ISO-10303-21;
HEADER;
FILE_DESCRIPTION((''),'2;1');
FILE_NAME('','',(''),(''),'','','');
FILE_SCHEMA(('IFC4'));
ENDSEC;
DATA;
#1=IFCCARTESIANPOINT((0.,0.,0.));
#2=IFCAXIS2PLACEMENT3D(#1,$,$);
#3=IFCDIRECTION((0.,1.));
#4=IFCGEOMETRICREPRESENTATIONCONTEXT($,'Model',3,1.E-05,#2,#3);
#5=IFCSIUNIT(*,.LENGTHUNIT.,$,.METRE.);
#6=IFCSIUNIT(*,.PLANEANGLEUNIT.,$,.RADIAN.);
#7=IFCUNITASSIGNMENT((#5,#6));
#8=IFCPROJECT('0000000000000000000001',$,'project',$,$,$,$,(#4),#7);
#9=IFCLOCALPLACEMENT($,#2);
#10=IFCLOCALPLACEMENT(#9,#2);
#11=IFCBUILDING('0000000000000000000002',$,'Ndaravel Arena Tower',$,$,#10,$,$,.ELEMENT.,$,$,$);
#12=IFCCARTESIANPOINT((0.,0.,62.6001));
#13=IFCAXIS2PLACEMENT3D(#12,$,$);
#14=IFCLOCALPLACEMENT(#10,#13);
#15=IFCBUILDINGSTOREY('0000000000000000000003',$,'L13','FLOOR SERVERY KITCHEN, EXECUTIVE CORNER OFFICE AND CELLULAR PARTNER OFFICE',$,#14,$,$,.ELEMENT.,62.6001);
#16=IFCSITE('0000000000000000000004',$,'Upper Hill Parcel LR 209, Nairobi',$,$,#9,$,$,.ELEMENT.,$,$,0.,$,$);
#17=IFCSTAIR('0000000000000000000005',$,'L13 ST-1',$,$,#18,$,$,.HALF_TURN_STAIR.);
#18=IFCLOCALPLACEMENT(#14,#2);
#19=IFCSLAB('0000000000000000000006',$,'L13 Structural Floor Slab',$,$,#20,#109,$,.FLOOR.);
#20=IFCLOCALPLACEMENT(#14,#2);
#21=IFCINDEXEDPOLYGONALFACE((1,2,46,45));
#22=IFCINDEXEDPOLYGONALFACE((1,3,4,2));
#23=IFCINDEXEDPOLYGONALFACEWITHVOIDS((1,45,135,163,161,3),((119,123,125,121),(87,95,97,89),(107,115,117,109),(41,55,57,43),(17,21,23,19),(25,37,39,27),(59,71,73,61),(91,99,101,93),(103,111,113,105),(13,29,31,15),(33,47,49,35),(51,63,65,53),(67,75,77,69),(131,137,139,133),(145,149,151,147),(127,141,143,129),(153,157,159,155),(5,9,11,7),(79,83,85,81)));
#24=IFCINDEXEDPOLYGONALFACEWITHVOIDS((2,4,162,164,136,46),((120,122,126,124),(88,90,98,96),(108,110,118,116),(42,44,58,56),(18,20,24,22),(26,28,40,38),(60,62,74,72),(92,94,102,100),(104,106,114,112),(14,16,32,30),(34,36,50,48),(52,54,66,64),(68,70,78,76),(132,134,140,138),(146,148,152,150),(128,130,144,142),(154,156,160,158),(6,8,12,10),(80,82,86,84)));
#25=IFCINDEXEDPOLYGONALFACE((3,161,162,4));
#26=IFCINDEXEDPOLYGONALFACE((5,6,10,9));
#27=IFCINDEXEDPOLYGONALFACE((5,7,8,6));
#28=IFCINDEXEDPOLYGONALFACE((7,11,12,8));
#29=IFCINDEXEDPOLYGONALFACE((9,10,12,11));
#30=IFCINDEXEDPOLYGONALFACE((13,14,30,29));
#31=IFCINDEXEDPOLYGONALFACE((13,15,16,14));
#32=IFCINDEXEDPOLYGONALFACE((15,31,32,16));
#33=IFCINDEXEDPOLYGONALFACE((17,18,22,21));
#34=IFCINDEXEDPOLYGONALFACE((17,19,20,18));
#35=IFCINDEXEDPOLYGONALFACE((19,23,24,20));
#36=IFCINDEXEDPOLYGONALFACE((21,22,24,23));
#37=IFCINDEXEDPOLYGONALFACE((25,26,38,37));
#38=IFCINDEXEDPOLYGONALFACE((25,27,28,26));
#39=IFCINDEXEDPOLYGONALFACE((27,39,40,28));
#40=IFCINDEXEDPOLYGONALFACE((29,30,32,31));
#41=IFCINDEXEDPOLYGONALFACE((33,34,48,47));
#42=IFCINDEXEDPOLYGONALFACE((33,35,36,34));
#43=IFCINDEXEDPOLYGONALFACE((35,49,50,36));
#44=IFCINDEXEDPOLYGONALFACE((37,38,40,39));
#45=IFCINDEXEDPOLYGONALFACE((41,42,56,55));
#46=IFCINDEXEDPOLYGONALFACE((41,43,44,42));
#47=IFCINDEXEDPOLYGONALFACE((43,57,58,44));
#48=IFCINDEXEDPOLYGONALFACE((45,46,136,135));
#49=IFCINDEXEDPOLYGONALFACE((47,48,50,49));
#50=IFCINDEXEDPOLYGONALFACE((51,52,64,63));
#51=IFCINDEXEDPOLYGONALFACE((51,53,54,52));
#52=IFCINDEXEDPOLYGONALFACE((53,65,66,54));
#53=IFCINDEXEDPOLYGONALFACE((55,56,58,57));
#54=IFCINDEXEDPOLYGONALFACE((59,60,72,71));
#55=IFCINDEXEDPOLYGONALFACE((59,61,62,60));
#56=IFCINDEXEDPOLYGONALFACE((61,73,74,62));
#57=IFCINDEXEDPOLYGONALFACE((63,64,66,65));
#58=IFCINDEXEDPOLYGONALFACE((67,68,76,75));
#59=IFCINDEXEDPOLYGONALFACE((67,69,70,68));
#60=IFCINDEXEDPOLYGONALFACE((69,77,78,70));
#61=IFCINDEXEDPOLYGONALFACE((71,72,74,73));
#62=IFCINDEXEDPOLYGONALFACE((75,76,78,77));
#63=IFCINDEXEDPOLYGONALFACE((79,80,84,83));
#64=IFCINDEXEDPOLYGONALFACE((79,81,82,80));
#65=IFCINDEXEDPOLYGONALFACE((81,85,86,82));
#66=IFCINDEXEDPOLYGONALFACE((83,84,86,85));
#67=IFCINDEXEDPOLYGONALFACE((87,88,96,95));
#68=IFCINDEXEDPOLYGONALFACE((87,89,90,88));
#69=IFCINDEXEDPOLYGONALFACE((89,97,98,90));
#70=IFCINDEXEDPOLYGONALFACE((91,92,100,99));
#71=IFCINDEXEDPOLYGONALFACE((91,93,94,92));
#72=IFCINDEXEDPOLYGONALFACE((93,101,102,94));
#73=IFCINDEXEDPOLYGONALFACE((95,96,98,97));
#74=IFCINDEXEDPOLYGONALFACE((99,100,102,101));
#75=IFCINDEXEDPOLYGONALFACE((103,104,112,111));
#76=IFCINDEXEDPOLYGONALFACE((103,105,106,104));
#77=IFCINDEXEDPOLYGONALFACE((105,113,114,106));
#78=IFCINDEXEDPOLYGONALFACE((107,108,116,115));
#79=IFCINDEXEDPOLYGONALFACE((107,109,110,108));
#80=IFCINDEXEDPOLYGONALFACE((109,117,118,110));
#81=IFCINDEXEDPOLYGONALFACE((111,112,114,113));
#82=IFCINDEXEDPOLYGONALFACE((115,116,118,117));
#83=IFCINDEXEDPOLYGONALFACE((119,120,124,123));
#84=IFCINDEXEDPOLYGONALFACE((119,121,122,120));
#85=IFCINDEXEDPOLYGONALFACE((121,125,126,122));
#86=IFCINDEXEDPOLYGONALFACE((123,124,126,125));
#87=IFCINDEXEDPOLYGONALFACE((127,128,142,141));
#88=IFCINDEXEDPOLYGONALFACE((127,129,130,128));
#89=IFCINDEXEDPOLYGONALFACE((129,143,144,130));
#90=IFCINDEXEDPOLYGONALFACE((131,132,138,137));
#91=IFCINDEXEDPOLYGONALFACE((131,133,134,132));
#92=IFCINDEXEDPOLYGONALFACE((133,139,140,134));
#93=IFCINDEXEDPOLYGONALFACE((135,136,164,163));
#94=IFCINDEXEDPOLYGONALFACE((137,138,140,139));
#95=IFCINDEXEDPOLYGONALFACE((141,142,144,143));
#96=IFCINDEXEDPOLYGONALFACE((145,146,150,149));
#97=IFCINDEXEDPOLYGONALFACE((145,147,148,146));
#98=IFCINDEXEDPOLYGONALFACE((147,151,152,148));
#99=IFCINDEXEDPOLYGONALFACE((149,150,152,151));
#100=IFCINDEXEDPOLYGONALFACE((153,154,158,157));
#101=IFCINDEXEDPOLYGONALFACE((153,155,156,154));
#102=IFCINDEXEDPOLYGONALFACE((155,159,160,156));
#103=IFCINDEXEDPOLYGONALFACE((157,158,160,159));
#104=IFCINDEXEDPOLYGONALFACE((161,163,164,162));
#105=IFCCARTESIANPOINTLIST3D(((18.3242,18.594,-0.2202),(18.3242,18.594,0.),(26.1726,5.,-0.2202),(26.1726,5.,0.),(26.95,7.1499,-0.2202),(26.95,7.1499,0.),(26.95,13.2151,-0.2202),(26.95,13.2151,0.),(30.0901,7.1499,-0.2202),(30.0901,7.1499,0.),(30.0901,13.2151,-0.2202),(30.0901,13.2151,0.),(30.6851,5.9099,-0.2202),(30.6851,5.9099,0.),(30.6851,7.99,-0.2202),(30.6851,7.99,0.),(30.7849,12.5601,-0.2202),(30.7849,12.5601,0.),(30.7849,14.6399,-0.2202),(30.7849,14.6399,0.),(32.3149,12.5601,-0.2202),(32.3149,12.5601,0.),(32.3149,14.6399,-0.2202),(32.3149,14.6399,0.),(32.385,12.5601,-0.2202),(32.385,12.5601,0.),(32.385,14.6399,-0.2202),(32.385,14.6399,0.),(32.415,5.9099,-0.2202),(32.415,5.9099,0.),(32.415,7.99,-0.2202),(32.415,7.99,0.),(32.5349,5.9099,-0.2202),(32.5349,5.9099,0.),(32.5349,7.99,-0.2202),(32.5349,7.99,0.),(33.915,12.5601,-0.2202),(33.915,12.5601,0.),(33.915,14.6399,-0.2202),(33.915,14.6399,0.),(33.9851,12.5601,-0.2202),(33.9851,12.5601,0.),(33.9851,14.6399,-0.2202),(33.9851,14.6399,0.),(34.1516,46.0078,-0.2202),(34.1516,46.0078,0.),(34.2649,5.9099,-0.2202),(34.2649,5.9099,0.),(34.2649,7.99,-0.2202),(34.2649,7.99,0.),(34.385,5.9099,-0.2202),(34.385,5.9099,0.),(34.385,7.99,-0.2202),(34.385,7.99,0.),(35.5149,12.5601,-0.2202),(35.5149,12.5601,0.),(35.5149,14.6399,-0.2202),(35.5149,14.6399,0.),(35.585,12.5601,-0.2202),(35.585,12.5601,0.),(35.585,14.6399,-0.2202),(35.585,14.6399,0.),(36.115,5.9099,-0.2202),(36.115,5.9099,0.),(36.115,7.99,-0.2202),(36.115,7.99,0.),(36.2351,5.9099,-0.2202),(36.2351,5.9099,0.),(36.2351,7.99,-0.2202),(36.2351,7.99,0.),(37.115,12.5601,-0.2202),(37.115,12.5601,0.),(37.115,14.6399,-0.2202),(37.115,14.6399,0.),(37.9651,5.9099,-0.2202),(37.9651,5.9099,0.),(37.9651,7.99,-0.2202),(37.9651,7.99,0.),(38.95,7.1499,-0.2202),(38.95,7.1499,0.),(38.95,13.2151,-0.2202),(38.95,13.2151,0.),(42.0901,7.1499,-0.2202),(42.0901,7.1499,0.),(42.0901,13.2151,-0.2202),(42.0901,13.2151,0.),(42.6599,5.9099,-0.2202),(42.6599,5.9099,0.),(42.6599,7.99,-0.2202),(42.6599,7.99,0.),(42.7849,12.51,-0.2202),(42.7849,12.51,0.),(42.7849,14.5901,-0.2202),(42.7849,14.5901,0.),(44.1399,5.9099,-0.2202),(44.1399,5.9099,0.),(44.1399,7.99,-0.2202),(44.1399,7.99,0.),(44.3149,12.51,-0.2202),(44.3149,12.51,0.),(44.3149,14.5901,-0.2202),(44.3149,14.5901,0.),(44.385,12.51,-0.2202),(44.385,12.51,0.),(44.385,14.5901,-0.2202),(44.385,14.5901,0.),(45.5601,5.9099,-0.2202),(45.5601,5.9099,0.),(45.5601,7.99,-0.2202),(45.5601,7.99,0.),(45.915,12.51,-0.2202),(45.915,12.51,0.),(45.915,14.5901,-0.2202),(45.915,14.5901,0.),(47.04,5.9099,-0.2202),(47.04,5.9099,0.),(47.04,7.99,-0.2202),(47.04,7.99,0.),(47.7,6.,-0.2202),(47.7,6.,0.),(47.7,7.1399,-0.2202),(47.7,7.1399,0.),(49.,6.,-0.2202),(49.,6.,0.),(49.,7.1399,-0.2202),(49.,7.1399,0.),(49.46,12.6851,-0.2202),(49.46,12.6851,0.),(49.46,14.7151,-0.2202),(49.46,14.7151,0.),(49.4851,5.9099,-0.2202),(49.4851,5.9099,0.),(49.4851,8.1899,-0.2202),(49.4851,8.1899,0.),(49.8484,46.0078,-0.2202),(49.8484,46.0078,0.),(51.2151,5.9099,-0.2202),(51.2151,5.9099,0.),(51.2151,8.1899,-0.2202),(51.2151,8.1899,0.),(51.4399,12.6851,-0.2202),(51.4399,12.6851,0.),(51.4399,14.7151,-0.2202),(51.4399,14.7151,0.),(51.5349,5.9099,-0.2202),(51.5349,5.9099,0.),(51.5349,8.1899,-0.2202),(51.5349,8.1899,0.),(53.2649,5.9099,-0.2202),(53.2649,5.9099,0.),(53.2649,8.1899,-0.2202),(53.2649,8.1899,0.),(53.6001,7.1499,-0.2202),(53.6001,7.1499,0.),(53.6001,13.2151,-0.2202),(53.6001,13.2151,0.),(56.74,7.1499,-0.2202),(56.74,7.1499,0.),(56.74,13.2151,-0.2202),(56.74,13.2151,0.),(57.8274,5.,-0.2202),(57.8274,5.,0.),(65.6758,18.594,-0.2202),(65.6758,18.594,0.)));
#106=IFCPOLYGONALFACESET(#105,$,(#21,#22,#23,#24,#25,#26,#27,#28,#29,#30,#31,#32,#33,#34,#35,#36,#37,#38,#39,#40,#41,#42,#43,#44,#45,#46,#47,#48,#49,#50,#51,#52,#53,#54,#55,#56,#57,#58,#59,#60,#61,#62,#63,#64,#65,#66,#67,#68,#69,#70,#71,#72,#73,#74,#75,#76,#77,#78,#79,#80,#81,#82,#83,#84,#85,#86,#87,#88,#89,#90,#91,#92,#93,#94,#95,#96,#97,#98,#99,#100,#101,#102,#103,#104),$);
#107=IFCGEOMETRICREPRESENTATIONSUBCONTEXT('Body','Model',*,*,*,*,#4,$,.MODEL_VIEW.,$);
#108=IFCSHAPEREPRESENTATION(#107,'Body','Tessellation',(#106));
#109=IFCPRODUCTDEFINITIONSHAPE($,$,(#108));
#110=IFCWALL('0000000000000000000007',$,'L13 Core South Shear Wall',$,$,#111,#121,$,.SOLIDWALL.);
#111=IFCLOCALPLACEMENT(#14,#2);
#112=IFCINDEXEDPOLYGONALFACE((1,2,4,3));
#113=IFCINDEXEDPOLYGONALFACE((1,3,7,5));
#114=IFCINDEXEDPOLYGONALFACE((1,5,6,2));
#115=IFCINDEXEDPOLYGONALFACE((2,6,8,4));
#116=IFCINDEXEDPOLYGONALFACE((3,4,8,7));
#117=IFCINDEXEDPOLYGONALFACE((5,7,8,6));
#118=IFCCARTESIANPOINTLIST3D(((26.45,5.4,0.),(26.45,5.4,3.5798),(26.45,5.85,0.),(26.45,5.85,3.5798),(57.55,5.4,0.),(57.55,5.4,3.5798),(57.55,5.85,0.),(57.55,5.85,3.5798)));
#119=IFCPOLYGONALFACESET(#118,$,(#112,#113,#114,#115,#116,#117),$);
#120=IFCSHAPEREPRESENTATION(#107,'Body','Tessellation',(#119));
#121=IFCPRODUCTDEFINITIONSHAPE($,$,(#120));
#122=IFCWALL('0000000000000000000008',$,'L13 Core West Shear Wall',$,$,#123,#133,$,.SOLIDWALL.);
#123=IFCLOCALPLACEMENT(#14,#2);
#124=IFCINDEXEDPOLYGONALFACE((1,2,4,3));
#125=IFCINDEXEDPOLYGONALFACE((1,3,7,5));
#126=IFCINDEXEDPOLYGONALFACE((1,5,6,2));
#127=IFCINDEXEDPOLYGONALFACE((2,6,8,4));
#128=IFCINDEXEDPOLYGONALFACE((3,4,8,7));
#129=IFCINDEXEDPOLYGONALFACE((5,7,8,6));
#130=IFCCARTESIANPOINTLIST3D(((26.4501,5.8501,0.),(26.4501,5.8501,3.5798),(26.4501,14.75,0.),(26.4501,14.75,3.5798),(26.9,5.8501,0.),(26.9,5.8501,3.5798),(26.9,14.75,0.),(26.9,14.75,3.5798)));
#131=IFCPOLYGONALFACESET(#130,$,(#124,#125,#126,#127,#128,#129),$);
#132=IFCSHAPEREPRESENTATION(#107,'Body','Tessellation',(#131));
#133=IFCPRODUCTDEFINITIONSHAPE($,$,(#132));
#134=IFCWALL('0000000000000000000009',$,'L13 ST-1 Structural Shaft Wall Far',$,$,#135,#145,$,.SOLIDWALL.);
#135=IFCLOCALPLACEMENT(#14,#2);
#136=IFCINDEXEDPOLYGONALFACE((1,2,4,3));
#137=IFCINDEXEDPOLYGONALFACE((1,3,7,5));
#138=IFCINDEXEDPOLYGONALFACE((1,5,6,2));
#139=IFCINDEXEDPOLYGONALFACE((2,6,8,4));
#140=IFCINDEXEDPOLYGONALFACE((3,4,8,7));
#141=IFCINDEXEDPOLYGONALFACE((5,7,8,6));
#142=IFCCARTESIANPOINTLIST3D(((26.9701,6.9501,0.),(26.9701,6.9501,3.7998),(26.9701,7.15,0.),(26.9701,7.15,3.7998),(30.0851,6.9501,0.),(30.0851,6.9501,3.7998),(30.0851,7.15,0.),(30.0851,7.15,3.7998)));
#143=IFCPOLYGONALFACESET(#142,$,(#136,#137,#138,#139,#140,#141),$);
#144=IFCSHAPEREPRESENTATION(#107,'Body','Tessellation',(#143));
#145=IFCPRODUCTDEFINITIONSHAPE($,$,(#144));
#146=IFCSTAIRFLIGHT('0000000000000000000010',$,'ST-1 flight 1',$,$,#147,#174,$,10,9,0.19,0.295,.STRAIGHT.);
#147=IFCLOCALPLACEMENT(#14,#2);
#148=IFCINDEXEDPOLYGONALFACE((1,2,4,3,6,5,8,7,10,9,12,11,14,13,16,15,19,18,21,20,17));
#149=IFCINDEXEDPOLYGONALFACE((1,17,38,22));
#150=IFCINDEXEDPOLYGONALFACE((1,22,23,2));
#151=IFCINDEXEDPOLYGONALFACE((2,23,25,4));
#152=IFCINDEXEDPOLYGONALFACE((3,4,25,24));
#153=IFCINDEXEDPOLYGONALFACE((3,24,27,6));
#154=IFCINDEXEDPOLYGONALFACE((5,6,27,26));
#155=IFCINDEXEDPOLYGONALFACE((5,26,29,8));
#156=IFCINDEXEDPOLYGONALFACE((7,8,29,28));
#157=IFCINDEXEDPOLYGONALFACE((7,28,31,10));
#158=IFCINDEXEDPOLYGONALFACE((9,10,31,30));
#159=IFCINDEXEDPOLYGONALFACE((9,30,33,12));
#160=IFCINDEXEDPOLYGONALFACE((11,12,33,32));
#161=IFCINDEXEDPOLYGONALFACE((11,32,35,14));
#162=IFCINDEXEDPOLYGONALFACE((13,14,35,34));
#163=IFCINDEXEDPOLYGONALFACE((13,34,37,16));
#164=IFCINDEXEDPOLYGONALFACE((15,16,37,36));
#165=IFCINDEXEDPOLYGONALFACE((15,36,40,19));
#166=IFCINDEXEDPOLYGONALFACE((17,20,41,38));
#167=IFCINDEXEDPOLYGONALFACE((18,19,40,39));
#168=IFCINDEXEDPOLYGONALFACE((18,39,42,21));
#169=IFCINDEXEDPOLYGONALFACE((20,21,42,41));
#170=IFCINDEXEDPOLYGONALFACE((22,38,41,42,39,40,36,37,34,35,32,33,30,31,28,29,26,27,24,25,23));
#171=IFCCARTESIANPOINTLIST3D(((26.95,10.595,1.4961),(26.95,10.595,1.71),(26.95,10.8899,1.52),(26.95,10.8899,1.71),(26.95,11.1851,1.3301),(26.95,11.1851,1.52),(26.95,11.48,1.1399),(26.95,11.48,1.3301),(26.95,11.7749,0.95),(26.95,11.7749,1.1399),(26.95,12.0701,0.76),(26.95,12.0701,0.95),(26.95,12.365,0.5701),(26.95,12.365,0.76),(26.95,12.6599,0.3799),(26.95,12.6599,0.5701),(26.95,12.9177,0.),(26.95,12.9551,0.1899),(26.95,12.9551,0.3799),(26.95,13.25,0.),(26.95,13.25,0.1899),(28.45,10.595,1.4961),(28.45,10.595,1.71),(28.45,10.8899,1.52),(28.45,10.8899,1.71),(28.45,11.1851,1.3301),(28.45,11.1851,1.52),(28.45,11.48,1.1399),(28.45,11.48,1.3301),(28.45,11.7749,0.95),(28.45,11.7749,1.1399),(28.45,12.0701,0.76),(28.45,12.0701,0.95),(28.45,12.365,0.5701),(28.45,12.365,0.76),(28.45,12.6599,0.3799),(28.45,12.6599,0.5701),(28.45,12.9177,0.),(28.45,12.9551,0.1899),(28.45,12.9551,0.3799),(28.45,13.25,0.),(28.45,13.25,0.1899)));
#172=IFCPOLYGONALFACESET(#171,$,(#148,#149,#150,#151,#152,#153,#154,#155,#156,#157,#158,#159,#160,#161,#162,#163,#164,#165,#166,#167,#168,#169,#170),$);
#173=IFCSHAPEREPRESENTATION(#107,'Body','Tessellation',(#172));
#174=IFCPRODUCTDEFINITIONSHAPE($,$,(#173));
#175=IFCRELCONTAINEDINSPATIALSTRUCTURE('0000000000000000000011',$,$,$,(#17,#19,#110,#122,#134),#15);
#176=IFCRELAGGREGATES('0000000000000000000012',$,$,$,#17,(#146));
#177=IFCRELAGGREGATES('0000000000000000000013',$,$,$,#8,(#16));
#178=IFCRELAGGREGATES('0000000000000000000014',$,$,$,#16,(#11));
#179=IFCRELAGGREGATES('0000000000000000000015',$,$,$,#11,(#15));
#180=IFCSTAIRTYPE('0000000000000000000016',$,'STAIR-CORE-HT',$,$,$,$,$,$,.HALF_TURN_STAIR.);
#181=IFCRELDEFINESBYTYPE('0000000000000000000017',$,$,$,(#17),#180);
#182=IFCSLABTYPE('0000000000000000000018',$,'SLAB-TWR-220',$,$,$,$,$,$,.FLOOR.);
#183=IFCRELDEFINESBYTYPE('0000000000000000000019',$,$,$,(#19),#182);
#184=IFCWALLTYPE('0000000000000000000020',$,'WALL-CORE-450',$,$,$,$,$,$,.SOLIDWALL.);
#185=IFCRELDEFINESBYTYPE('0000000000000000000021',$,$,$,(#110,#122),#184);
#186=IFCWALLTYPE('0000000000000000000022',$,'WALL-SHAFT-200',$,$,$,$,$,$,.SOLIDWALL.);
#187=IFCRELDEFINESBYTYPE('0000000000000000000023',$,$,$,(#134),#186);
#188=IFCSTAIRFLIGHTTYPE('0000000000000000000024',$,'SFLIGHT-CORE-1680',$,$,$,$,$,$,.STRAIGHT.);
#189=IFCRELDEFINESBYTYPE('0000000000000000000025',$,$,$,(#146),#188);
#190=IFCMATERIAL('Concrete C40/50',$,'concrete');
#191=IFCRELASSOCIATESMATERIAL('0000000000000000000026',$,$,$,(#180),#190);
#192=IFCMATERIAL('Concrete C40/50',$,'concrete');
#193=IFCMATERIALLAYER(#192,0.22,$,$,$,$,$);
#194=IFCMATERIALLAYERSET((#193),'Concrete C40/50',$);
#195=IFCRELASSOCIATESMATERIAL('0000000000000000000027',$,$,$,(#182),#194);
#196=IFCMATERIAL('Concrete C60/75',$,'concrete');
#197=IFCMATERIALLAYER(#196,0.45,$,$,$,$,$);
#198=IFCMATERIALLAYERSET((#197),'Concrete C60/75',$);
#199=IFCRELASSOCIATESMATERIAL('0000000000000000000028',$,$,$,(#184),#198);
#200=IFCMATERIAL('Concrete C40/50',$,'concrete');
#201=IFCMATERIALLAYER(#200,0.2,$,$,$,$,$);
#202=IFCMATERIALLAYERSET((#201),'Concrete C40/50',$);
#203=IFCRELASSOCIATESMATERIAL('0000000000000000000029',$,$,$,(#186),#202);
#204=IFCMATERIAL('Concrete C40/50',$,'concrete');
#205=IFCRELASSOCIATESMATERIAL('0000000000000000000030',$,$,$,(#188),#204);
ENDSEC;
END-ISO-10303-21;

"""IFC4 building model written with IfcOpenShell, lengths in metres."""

from ifc_helpers import new_model, si_unit, direction, frame, frame_2d, origin, place, context, subcontext, project, spatial, polyline, rectangle, outline, extrude, material, layer, layer_set, type_object, element, aggregate, save


model = new_model("IFC4")

# Units and contexts
model_context = context("Model", 3, precision=1e-05, world=origin(), true_north=direction((0.0, 1.0)))
body_context = subcontext(model_context, "Body", "Model", "MODEL_VIEW")
ifc_project = project(units=[si_unit("LENGTHUNIT", "METRE"), si_unit("PLANEANGLEUNIT", "RADIAN")], contexts=[model_context])

# Site, building, storey
site_placement = place(None, origin())
site = spatial("IfcSite", under=ifc_project, at=site_placement, Name="Upper Hill Parcel LR 209, Nairobi", CompositionType="ELEMENT", RefElevation=0.0)
building_placement = place(site_placement, origin())
building = spatial("IfcBuilding", under=site, at=building_placement, Name="Ndaravel Arena Tower", CompositionType="ELEMENT")
storey_placement = place(building_placement, frame((0.0, 0.0, 62.6001)))
storey = spatial("IfcBuildingStorey", under=building, at=storey_placement, Name="L13", Description="FLOOR SERVERY KITCHEN, EXECUTIVE CORNER OFFICE AND CELLULAR PARTNER OFFICE", CompositionType="ELEMENT", Elevation=62.6001)

# Stair
ifc_material_1 = material(Name="Concrete C40/50", Category="concrete")
stair_type = type_object("IfcStairType", Name="STAIR-CORE-HT", PredefinedType="HALF_TURN_STAIR", material=ifc_material_1)
stair_1_placement = place(storey_placement, origin())
stair_1 = element("IfcStair", 1, at=stair_1_placement, inside=storey, type_object=stair_type, Name="L13 ST-1", PredefinedType="HALF_TURN_STAIR")

# Slab
ifc_material_2 = material(Name="Concrete C40/50", Category="concrete")
ifc_layer_1 = layer(ifc_material_2, 0.22)
ifc_layer_set_1 = layer_set([ifc_layer_1], Name="Concrete C40/50")
slab_type_1 = type_object("IfcSlabType", Name="SLAB-TWR-220", PredefinedType="FLOOR", material=ifc_layer_set_1)
slab_1_placement = place(storey_placement, frame((0.0, 0.0, -0.2202)))
element("IfcSlab", 2, at=slab_1_placement, inside=storey, type_object=slab_type_1, Name="L13 Structural Floor Slab", PredefinedType="FLOOR", context=body_context, shape_type="SweptSolid", body=[
    extrude(outline(polyline([(18.3242, 18.594), (26.1726, 5.0), (57.8274, 5.0), (65.6758, 18.594), (49.8484, 46.0078), (34.1516, 46.0078), (18.3242, 18.594)]), holes=[polyline([(26.95, 13.2151), (26.95, 7.1499), (30.0901, 7.1499), (30.0901, 13.2151), (26.95, 13.2151)]), polyline([(38.95, 13.2151), (38.95, 7.1499), (42.0901, 7.1499), (42.0901, 13.2151), (38.95, 13.2151)]), polyline([(53.6001, 13.2151), (53.6001, 7.1499), (56.74, 7.1499), (56.74, 13.2151), (53.6001, 13.2151)]), polyline([(30.6851, 5.9099), (32.415, 5.9099), (32.415, 7.99), (30.6851, 7.99), (30.6851, 5.9099)]), polyline([(32.5349, 5.9099), (34.2649, 5.9099), (34.2649, 7.99), (32.5349, 7.99), (32.5349, 5.9099)]), polyline([(34.385, 5.9099), (36.115, 5.9099), (36.115, 7.99), (34.385, 7.99), (34.385, 5.9099)]), polyline([(36.2351, 5.9099), (37.9651, 5.9099), (37.9651, 7.99), (36.2351, 7.99), (36.2351, 5.9099)]), polyline([(30.7849, 12.5601), (32.3149, 12.5601), (32.3149, 14.6399), (30.7849, 14.6399), (30.7849, 12.5601)]), polyline([(32.385, 12.5601), (33.915, 12.5601), (33.915, 14.6399), (32.385, 14.6399), (32.385, 12.5601)]), polyline([(33.9851, 12.5601), (35.5149, 12.5601), (35.5149, 14.6399), (33.9851, 14.6399), (33.9851, 12.5601)]), polyline([(35.585, 12.5601), (37.115, 12.5601), (37.115, 14.6399), (35.585, 14.6399), (35.585, 12.5601)]), polyline([(42.6599, 5.9099), (44.1399, 5.9099), (44.1399, 7.99), (42.6599, 7.99), (42.6599, 5.9099)]), polyline([(45.5601, 5.9099), (47.04, 5.9099), (47.04, 7.99), (45.5601, 7.99), (45.5601, 5.9099)]), polyline([(42.7849, 12.51), (44.3149, 12.51), (44.3149, 14.5901), (42.7849, 14.5901), (42.7849, 12.51)]), polyline([(44.385, 12.51), (45.915, 12.51), (45.915, 14.5901), (44.385, 14.5901), (44.385, 12.51)]), polyline([(49.4851, 5.9099), (51.2151, 5.9099), (51.2151, 8.1899), (49.4851, 8.1899), (49.4851, 5.9099)]), polyline([(51.5349, 5.9099), (53.2649, 5.9099), (53.2649, 8.1899), (51.5349, 8.1899), (51.5349, 5.9099)]), polyline([(49.46, 12.6851), (51.4399, 12.6851), (51.4399, 14.7151), (49.46, 14.7151), (49.46, 12.6851)]), polyline([(47.7, 6.0), (49.0, 6.0), (49.0, 7.1399), (47.7, 7.1399), (47.7, 6.0)])]), origin(), (0.0, 0.0, 1.0), 0.2202),
])

# Walls
ifc_material_3 = material(Name="Concrete C60/75", Category="concrete")
ifc_layer_2 = layer(ifc_material_3, 0.45)
ifc_layer_set_2 = layer_set([ifc_layer_2], Name="Concrete C60/75")
wall_type_1 = type_object("IfcWallType", Name="WALL-CORE-450", PredefinedType="SOLIDWALL", material=ifc_layer_set_2)
wall_1_placement = place(storey_placement, frame((26.45, 5.625, 0.0), z_axis=(0.0, 0.0, 1.0), x_axis=(1.0, 0.0, 0.0)))
element("IfcWall", 3, at=wall_1_placement, inside=storey, type_object=wall_type_1, Name="L13 Core South Shear Wall", PredefinedType="SOLIDWALL", context=body_context, shape_type="SweptSolid", body=[
    extrude(rectangle(XDim=31.1001, YDim=0.45, at=frame_2d((15.55, 0.0))), origin(), (0.0, 0.0, 1.0), 3.5798),
])
wall_2_placement = place(storey_placement, frame((26.675, 5.8501, 0.0), z_axis=(0.0, 0.0, 1.0), x_axis=(0.0, 1.0, 0.0)))
element("IfcWall", 4, at=wall_2_placement, inside=storey, type_object=wall_type_1, Name="L13 Core West Shear Wall", PredefinedType="SOLIDWALL", context=body_context, shape_type="SweptSolid", body=[
    extrude(rectangle(XDim=8.8999, YDim=0.45, at=frame_2d((4.45, 0.0))), origin(), (0.0, 0.0, 1.0), 3.5798),
])
ifc_material_4 = material(Name="Concrete C40/50", Category="concrete")
ifc_layer_3 = layer(ifc_material_4, 0.2)
ifc_layer_set_3 = layer_set([ifc_layer_3], Name="Concrete C40/50")
wall_type_2 = type_object("IfcWallType", Name="WALL-SHAFT-200", PredefinedType="SOLIDWALL", material=ifc_layer_set_3)
wall_3_placement = place(storey_placement, frame((26.97, 7.05, 0.0), z_axis=(0.0, 0.0, 1.0), x_axis=(1.0, 0.0, 0.0)))
element("IfcWall", 5, at=wall_3_placement, inside=storey, type_object=wall_type_2, Name="L13 ST-1 Structural Shaft Wall Far", PredefinedType="SOLIDWALL", context=body_context, shape_type="SweptSolid", body=[
    extrude(rectangle(XDim=3.115, YDim=0.2, at=frame_2d((1.5576, 0.0))), origin(), (0.0, 0.0, 1.0), 3.7998),
])

# Stair flight
ifc_material_5 = material(Name="Concrete C40/50", Category="concrete")
stair_flight_type = type_object("IfcStairFlightType", Name="SFLIGHT-CORE-1680", PredefinedType="STRAIGHT", material=ifc_material_5)
stair_flight_placement = place(storey_placement, frame((27.7, 13.25, 0.0), z_axis=(0.0, 0.0, 1.0), x_axis=(0.0, -1.0, 0.0)))
stair_flight = element("IfcStairFlight", 6, at=stair_flight_placement, type_object=stair_flight_type, Name="ST-1 flight 1", NumberOfRisers=10, NumberOfTreads=9, PredefinedType="STRAIGHT", RiserHeight=0.19, TreadLength=0.295, context=body_context, shape_type="SweptSolid", body=[
    extrude(outline(polyline([(0.0, 0.0), (0.0, 0.1899), (0.2949, 0.1899), (0.2949, 0.3799), (0.5901, 0.3799), (0.5901, 0.5701), (0.885, 0.5701), (0.885, 0.76), (1.1799, 0.76), (1.1799, 0.95), (1.4751, 0.95), (1.4751, 1.1399), (1.77, 1.1399), (1.77, 1.3301), (2.0649, 1.3301), (2.0649, 1.52), (2.3601, 1.52), (2.3601, 1.71), (2.655, 1.71), (2.655, 1.8999), (2.655, 1.4961), (0.3323, 0.0), (0.0, 0.0)])), frame((0.0, 0.75, 0.0), z_axis=(0.0, -1.0, 0.0), x_axis=(1.0, 0.0, 0.0)), (0.0, 0.0, 1.0), 1.5),
])
aggregate(stair_1, [stair_flight])

save(model, "model.ifc")
